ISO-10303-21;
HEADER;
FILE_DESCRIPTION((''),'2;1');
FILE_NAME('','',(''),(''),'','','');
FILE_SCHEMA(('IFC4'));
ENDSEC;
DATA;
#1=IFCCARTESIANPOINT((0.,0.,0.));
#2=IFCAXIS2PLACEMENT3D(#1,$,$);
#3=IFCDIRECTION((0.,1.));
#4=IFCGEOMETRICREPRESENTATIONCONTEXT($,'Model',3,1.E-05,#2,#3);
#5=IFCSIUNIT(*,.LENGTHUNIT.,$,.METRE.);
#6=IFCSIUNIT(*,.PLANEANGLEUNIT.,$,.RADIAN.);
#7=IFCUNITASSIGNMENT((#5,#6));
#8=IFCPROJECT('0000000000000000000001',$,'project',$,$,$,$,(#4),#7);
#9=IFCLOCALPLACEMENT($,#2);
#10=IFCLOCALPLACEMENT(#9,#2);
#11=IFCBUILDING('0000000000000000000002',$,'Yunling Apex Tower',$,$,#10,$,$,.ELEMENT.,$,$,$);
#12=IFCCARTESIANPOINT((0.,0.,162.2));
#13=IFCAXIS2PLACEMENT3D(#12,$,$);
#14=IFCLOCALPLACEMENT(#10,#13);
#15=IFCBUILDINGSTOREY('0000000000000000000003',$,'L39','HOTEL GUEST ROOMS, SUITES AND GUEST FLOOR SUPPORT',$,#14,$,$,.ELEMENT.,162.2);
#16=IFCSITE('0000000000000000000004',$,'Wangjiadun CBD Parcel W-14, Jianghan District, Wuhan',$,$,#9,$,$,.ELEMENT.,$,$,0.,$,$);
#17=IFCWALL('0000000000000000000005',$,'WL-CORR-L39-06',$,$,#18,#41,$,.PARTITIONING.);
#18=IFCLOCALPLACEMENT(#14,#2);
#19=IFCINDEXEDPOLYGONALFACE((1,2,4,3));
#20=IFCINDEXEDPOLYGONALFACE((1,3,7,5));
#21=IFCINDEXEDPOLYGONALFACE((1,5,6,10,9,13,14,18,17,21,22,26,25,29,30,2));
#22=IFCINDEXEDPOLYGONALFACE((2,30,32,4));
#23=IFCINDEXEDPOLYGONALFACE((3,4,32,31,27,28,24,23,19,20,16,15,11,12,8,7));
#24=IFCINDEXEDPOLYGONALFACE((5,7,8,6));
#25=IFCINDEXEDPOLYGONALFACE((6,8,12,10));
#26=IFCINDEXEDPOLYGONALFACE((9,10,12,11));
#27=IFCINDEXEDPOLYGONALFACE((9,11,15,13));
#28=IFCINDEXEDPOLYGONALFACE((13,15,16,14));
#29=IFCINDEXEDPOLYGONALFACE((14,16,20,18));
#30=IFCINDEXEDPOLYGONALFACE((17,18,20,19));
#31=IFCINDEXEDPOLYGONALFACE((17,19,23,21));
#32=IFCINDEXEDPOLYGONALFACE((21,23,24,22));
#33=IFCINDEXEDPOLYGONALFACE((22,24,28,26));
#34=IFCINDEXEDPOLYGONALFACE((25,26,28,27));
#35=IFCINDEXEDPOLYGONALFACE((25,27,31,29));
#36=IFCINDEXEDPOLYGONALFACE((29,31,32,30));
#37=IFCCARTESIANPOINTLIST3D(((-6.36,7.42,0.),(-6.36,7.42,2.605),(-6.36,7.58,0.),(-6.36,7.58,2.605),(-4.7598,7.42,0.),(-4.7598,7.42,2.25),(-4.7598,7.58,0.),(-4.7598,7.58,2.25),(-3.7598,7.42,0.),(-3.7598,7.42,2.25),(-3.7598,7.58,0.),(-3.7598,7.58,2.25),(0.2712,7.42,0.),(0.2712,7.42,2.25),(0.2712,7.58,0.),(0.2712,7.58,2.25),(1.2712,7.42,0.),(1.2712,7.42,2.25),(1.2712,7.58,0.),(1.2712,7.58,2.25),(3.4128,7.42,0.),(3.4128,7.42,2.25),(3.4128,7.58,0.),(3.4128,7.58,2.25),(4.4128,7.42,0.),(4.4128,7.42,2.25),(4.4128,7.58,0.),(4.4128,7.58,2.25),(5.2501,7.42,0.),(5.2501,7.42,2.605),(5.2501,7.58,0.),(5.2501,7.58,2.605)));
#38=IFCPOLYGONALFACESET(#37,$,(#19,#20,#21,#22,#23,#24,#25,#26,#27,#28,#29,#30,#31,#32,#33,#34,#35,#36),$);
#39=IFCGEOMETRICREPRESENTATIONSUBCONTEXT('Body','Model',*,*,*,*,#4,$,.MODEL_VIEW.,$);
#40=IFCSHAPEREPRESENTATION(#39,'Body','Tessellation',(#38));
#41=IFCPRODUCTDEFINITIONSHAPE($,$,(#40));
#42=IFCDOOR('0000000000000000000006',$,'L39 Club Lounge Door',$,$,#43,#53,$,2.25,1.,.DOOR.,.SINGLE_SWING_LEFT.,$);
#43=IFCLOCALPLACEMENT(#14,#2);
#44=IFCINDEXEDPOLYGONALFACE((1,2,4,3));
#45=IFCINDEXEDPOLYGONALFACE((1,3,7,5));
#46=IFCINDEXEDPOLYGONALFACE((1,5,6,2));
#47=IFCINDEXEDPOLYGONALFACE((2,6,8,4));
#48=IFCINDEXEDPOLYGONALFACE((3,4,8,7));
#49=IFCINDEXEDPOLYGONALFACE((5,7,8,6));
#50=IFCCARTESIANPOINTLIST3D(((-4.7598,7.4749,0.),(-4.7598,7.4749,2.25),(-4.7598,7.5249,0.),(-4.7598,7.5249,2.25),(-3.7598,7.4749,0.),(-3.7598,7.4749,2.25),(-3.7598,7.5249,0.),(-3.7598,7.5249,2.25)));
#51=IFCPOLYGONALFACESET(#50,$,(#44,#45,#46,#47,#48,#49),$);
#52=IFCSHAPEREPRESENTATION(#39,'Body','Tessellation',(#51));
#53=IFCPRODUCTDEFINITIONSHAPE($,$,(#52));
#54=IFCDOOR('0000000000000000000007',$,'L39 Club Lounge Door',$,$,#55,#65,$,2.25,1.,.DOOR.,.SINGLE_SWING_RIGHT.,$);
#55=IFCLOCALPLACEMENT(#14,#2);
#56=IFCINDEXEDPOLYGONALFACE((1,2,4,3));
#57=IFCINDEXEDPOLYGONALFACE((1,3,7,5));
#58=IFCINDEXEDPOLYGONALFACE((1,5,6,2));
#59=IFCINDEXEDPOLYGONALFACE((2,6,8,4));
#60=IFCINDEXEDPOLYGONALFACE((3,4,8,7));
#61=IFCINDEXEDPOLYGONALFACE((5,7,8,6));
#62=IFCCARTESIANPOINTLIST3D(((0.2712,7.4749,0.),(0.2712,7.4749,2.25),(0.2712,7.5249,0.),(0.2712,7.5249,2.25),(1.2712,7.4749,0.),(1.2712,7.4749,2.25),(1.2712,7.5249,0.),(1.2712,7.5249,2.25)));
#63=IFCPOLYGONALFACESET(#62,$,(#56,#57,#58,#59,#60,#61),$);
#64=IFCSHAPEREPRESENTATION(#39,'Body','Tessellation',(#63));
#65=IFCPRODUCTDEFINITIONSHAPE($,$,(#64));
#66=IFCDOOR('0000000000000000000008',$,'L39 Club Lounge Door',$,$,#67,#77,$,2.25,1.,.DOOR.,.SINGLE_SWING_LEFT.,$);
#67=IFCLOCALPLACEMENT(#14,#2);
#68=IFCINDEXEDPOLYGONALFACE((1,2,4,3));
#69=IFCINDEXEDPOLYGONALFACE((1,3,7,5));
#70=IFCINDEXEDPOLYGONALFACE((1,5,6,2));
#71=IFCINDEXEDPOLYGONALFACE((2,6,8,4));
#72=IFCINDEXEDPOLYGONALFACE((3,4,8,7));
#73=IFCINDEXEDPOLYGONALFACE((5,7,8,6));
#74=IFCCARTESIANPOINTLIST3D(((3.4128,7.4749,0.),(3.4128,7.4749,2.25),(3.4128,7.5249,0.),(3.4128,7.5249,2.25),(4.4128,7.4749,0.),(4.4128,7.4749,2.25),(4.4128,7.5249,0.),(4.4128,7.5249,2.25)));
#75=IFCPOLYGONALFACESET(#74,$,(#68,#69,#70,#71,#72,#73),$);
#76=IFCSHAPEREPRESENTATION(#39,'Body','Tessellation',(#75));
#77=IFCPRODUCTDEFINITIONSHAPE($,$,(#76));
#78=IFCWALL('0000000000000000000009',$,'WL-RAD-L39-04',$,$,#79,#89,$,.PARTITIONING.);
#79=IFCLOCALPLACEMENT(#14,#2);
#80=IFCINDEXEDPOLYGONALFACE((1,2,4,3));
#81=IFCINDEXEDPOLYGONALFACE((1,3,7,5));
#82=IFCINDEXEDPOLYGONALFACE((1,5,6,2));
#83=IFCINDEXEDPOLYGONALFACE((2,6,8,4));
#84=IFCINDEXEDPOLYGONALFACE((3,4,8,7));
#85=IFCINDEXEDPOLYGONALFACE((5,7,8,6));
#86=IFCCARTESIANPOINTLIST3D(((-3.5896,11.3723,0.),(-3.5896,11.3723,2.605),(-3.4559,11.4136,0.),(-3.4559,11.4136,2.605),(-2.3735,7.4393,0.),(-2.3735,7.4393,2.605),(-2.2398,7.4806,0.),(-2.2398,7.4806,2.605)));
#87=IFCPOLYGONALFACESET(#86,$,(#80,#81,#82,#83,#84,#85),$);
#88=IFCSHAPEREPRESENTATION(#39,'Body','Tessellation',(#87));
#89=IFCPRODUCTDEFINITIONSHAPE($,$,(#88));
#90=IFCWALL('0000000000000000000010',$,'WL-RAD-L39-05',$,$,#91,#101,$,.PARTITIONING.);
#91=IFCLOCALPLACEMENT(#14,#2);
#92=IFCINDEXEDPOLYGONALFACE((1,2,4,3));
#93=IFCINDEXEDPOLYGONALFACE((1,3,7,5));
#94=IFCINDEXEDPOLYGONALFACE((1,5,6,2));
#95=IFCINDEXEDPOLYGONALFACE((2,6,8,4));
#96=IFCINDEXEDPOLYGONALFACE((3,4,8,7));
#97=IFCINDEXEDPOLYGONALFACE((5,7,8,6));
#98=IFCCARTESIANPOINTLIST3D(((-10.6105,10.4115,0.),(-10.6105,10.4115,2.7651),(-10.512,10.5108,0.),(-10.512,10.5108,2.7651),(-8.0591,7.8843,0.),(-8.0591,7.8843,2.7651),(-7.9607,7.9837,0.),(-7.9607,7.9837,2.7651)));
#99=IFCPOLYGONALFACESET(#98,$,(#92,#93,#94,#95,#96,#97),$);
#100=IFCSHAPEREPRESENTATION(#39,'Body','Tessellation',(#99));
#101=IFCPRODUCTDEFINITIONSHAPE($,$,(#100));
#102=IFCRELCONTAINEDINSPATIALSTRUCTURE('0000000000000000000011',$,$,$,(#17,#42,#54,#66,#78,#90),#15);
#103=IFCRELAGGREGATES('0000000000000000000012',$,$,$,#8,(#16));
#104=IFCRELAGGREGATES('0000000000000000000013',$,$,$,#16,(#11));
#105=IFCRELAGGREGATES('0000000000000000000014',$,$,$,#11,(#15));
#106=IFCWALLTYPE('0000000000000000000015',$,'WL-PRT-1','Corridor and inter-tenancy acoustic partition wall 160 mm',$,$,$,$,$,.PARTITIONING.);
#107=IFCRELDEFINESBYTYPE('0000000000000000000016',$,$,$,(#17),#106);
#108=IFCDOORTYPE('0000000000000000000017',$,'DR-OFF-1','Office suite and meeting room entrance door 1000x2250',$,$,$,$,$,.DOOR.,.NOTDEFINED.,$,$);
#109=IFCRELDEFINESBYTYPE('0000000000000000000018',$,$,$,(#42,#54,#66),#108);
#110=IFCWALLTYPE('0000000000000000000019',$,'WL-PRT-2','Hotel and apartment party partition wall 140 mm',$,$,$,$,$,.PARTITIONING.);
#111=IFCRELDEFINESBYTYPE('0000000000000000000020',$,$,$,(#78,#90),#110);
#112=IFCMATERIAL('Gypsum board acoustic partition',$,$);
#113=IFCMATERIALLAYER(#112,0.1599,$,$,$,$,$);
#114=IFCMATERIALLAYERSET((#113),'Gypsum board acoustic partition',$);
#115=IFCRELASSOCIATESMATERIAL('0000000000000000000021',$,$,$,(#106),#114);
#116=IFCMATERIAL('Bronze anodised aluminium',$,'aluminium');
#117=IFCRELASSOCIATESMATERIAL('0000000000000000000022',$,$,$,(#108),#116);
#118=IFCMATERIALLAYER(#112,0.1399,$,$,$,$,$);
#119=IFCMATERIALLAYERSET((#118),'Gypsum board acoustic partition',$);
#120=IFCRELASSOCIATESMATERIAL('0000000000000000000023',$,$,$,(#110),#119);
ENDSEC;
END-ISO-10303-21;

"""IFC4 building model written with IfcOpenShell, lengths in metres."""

from ifc_helpers import new_model, si_unit, direction, frame, frame_2d, origin, place, context, subcontext, project, spatial, rectangle, extrude, material, layer, layer_set, type_object, element, fill, save


model = new_model("IFC4")

# Units and contexts
model_context = context("Model", 3, precision=1e-05, world=origin(), true_north=direction((0.0, 1.0)))
body_context = subcontext(model_context, "Body", "Model", "MODEL_VIEW")
ifc_project = project(units=[si_unit("LENGTHUNIT", "METRE"), si_unit("PLANEANGLEUNIT", "RADIAN")], contexts=[model_context])

# Site, building, storey
site_placement = place(None, origin())
site = spatial("IfcSite", under=ifc_project, at=site_placement, Name="Wangjiadun CBD Parcel W-14, Jianghan District, Wuhan", CompositionType="ELEMENT", RefElevation=0.0)
building_placement = place(site_placement, origin())
building = spatial("IfcBuilding", under=site, at=building_placement, Name="Yunling Apex Tower", CompositionType="ELEMENT")
storey_placement = place(building_placement, frame((0.0, 0.0, 162.2)))
storey = spatial("IfcBuildingStorey", under=building, at=storey_placement, Name="L39", Description="HOTEL GUEST ROOMS, SUITES AND GUEST FLOOR SUPPORT", CompositionType="ELEMENT", Elevation=162.2)

# Shared definitions
ifc_material_1 = material(Name="Bronze anodised aluminium", Category="aluminium")

# Shared definitions
ifc_material_2 = material(Name="Gypsum board acoustic partition")
ifc_layer_1 = layer(ifc_material_2, 0.1599)
ifc_layer_set_1 = layer_set([ifc_layer_1], Name="Gypsum board acoustic partition")
wall_type_1 = type_object("IfcWallType", Name="WL-PRT-1", Description="Corridor and inter-tenancy acoustic partition wall 160 mm", PredefinedType="PARTITIONING", material=ifc_layer_set_1)

# Wall, openings, doors
wall_1_placement = place(storey_placement, frame((-6.3601, 7.5, 0.0), z_axis=(0.0, 0.0, 1.0), x_axis=(1.0, 0.0, 0.0)))
wall_1 = element("IfcWall", 1, at=wall_1_placement, inside=storey, type_object=wall_type_1, Name="WL-CORR-L39-06", PredefinedType="PARTITIONING", context=body_context, shape_type="SweptSolid", body=[
    extrude(rectangle(XDim=11.6101, YDim=0.1599, at=frame_2d((5.8052, 0.0))), origin(), (0.0, 0.0, 1.0), 2.605),
])
opening_1_placement = place(wall_1_placement, frame((1.6003, 0.0, 0.0)))
opening_1 = element("IfcOpeningElement", 2, at=opening_1_placement, cuts=wall_1, PredefinedType="OPENING", context=body_context, shape_type="SweptSolid", body=[
    extrude(rectangle(XDim=1.0, YDim=2.25, at=frame_2d((0.5, 1.125))), frame((0.0, 0.0898, 0.0), z_axis=(0.0, -1.0, 0.0), x_axis=(1.0, 0.0, 0.0)), (0.0, 0.0, 1.0), 0.1799),
])
opening_2_placement = place(wall_1_placement, frame((6.6313, 0.0, 0.0)))
opening_2 = element("IfcOpeningElement", 3, at=opening_2_placement, cuts=wall_1, PredefinedType="OPENING", context=body_context, shape_type="SweptSolid", body=[
    extrude(rectangle(XDim=1.0, YDim=2.25, at=frame_2d((0.5, 1.125))), frame((0.0, 0.0898, 0.0), z_axis=(0.0, -1.0, 0.0), x_axis=(1.0, 0.0, 0.0)), (0.0, 0.0, 1.0), 0.1799),
])
opening_3_placement = place(wall_1_placement, frame((9.7729, 0.0, 0.0)))
opening_3 = element("IfcOpeningElement", 4, at=opening_3_placement, cuts=wall_1, PredefinedType="OPENING", context=body_context, shape_type="SweptSolid", body=[
    extrude(rectangle(XDim=1.0, YDim=2.25, at=frame_2d((0.5, 1.125))), frame((0.0, 0.0898, 0.0), z_axis=(0.0, -1.0, 0.0), x_axis=(1.0, 0.0, 0.0)), (0.0, 0.0, 1.0), 0.1799),
])
door_type = type_object("IfcDoorType", Name="DR-OFF-1", Description="Office suite and meeting room entrance door 1000x2250", OperationType="NOTDEFINED", PredefinedType="DOOR", material=ifc_material_1)
door_1_placement = place(opening_1_placement, origin())
door_1 = element("IfcDoor", 5, at=door_1_placement, inside=storey, type_object=door_type, Name="L39 Club Lounge Door", OperationType="SINGLE_SWING_LEFT", OverallHeight=2.25, OverallWidth=1.0, PredefinedType="DOOR", context=body_context, shape_type="SweptSolid", body=[
    extrude(rectangle(XDim=1.0, YDim=2.25, at=frame_2d((0.5, 1.125))), frame((0.0, 0.0249, 0.0), z_axis=(0.0, -1.0, 0.0), x_axis=(1.0, 0.0, 0.0)), (0.0, 0.0, 1.0), 0.05),
])
fill(opening_1, door_1)
door_2_placement = place(opening_2_placement, origin())
door_2 = element("IfcDoor", 6, at=door_2_placement, inside=storey, type_object=door_type, Name="L39 Club Lounge Door", OperationType="SINGLE_SWING_RIGHT", OverallHeight=2.25, OverallWidth=1.0, PredefinedType="DOOR", context=body_context, shape_type="SweptSolid", body=[
    extrude(rectangle(XDim=1.0, YDim=2.25, at=frame_2d((0.5, 1.125))), frame((0.0, 0.0249, 0.0), z_axis=(0.0, -1.0, 0.0), x_axis=(1.0, 0.0, 0.0)), (0.0, 0.0, 1.0), 0.05),
])
fill(opening_2, door_2)
door_3_placement = place(opening_3_placement, origin())
door_3 = element("IfcDoor", 7, at=door_3_placement, inside=storey, type_object=door_type, Name="L39 Club Lounge Door", OperationType="SINGLE_SWING_LEFT", OverallHeight=2.25, OverallWidth=1.0, PredefinedType="DOOR", context=body_context, shape_type="SweptSolid", body=[
    extrude(rectangle(XDim=1.0, YDim=2.25, at=frame_2d((0.5, 1.125))), frame((0.0, 0.0249, 0.0), z_axis=(0.0, -1.0, 0.0), x_axis=(1.0, 0.0, 0.0)), (0.0, 0.0, 1.0), 0.05),
])
fill(opening_3, door_3)

# Walls
ifc_layer_2 = layer(ifc_material_2, 0.1399)
ifc_layer_set_2 = layer_set([ifc_layer_2], Name="Gypsum board acoustic partition")
wall_type_2 = type_object("IfcWallType", Name="WL-PRT-2", Description="Hotel and apartment party partition wall 140 mm", PredefinedType="PARTITIONING", material=ifc_layer_set_2)
wall_2_placement = place(storey_placement, frame((-2.3066, 7.46, 0.0), z_axis=(0.0, 0.0, 1.0), x_axis=(-0.295407, 0.955372, 0.0)))
element("IfcWall", 8, at=wall_2_placement, inside=storey, type_object=wall_type_2, Name="WL-RAD-L39-04", PredefinedType="PARTITIONING", context=body_context, shape_type="SweptSolid", body=[
    extrude(rectangle(XDim=4.1167, YDim=0.1399, at=frame_2d((2.0583, 0.0))), origin(), (0.0, 0.0, 1.0), 2.605),
])
wall_3_placement = place(storey_placement, frame((-8.01, 7.9341, 0.0), z_axis=(0.0, 0.0, 1.0), x_axis=(-0.710464, 0.703733, 0.0)))
element("IfcWall", 9, at=wall_3_placement, inside=storey, type_object=wall_type_2, Name="WL-RAD-L39-05", PredefinedType="PARTITIONING", context=body_context, shape_type="SweptSolid", body=[
    extrude(rectangle(XDim=3.5911, YDim=0.1399, at=frame_2d((1.7954, 0.0))), origin(), (0.0, 0.0, 1.0), 2.7651),
])

save(model, "model.ifc")
